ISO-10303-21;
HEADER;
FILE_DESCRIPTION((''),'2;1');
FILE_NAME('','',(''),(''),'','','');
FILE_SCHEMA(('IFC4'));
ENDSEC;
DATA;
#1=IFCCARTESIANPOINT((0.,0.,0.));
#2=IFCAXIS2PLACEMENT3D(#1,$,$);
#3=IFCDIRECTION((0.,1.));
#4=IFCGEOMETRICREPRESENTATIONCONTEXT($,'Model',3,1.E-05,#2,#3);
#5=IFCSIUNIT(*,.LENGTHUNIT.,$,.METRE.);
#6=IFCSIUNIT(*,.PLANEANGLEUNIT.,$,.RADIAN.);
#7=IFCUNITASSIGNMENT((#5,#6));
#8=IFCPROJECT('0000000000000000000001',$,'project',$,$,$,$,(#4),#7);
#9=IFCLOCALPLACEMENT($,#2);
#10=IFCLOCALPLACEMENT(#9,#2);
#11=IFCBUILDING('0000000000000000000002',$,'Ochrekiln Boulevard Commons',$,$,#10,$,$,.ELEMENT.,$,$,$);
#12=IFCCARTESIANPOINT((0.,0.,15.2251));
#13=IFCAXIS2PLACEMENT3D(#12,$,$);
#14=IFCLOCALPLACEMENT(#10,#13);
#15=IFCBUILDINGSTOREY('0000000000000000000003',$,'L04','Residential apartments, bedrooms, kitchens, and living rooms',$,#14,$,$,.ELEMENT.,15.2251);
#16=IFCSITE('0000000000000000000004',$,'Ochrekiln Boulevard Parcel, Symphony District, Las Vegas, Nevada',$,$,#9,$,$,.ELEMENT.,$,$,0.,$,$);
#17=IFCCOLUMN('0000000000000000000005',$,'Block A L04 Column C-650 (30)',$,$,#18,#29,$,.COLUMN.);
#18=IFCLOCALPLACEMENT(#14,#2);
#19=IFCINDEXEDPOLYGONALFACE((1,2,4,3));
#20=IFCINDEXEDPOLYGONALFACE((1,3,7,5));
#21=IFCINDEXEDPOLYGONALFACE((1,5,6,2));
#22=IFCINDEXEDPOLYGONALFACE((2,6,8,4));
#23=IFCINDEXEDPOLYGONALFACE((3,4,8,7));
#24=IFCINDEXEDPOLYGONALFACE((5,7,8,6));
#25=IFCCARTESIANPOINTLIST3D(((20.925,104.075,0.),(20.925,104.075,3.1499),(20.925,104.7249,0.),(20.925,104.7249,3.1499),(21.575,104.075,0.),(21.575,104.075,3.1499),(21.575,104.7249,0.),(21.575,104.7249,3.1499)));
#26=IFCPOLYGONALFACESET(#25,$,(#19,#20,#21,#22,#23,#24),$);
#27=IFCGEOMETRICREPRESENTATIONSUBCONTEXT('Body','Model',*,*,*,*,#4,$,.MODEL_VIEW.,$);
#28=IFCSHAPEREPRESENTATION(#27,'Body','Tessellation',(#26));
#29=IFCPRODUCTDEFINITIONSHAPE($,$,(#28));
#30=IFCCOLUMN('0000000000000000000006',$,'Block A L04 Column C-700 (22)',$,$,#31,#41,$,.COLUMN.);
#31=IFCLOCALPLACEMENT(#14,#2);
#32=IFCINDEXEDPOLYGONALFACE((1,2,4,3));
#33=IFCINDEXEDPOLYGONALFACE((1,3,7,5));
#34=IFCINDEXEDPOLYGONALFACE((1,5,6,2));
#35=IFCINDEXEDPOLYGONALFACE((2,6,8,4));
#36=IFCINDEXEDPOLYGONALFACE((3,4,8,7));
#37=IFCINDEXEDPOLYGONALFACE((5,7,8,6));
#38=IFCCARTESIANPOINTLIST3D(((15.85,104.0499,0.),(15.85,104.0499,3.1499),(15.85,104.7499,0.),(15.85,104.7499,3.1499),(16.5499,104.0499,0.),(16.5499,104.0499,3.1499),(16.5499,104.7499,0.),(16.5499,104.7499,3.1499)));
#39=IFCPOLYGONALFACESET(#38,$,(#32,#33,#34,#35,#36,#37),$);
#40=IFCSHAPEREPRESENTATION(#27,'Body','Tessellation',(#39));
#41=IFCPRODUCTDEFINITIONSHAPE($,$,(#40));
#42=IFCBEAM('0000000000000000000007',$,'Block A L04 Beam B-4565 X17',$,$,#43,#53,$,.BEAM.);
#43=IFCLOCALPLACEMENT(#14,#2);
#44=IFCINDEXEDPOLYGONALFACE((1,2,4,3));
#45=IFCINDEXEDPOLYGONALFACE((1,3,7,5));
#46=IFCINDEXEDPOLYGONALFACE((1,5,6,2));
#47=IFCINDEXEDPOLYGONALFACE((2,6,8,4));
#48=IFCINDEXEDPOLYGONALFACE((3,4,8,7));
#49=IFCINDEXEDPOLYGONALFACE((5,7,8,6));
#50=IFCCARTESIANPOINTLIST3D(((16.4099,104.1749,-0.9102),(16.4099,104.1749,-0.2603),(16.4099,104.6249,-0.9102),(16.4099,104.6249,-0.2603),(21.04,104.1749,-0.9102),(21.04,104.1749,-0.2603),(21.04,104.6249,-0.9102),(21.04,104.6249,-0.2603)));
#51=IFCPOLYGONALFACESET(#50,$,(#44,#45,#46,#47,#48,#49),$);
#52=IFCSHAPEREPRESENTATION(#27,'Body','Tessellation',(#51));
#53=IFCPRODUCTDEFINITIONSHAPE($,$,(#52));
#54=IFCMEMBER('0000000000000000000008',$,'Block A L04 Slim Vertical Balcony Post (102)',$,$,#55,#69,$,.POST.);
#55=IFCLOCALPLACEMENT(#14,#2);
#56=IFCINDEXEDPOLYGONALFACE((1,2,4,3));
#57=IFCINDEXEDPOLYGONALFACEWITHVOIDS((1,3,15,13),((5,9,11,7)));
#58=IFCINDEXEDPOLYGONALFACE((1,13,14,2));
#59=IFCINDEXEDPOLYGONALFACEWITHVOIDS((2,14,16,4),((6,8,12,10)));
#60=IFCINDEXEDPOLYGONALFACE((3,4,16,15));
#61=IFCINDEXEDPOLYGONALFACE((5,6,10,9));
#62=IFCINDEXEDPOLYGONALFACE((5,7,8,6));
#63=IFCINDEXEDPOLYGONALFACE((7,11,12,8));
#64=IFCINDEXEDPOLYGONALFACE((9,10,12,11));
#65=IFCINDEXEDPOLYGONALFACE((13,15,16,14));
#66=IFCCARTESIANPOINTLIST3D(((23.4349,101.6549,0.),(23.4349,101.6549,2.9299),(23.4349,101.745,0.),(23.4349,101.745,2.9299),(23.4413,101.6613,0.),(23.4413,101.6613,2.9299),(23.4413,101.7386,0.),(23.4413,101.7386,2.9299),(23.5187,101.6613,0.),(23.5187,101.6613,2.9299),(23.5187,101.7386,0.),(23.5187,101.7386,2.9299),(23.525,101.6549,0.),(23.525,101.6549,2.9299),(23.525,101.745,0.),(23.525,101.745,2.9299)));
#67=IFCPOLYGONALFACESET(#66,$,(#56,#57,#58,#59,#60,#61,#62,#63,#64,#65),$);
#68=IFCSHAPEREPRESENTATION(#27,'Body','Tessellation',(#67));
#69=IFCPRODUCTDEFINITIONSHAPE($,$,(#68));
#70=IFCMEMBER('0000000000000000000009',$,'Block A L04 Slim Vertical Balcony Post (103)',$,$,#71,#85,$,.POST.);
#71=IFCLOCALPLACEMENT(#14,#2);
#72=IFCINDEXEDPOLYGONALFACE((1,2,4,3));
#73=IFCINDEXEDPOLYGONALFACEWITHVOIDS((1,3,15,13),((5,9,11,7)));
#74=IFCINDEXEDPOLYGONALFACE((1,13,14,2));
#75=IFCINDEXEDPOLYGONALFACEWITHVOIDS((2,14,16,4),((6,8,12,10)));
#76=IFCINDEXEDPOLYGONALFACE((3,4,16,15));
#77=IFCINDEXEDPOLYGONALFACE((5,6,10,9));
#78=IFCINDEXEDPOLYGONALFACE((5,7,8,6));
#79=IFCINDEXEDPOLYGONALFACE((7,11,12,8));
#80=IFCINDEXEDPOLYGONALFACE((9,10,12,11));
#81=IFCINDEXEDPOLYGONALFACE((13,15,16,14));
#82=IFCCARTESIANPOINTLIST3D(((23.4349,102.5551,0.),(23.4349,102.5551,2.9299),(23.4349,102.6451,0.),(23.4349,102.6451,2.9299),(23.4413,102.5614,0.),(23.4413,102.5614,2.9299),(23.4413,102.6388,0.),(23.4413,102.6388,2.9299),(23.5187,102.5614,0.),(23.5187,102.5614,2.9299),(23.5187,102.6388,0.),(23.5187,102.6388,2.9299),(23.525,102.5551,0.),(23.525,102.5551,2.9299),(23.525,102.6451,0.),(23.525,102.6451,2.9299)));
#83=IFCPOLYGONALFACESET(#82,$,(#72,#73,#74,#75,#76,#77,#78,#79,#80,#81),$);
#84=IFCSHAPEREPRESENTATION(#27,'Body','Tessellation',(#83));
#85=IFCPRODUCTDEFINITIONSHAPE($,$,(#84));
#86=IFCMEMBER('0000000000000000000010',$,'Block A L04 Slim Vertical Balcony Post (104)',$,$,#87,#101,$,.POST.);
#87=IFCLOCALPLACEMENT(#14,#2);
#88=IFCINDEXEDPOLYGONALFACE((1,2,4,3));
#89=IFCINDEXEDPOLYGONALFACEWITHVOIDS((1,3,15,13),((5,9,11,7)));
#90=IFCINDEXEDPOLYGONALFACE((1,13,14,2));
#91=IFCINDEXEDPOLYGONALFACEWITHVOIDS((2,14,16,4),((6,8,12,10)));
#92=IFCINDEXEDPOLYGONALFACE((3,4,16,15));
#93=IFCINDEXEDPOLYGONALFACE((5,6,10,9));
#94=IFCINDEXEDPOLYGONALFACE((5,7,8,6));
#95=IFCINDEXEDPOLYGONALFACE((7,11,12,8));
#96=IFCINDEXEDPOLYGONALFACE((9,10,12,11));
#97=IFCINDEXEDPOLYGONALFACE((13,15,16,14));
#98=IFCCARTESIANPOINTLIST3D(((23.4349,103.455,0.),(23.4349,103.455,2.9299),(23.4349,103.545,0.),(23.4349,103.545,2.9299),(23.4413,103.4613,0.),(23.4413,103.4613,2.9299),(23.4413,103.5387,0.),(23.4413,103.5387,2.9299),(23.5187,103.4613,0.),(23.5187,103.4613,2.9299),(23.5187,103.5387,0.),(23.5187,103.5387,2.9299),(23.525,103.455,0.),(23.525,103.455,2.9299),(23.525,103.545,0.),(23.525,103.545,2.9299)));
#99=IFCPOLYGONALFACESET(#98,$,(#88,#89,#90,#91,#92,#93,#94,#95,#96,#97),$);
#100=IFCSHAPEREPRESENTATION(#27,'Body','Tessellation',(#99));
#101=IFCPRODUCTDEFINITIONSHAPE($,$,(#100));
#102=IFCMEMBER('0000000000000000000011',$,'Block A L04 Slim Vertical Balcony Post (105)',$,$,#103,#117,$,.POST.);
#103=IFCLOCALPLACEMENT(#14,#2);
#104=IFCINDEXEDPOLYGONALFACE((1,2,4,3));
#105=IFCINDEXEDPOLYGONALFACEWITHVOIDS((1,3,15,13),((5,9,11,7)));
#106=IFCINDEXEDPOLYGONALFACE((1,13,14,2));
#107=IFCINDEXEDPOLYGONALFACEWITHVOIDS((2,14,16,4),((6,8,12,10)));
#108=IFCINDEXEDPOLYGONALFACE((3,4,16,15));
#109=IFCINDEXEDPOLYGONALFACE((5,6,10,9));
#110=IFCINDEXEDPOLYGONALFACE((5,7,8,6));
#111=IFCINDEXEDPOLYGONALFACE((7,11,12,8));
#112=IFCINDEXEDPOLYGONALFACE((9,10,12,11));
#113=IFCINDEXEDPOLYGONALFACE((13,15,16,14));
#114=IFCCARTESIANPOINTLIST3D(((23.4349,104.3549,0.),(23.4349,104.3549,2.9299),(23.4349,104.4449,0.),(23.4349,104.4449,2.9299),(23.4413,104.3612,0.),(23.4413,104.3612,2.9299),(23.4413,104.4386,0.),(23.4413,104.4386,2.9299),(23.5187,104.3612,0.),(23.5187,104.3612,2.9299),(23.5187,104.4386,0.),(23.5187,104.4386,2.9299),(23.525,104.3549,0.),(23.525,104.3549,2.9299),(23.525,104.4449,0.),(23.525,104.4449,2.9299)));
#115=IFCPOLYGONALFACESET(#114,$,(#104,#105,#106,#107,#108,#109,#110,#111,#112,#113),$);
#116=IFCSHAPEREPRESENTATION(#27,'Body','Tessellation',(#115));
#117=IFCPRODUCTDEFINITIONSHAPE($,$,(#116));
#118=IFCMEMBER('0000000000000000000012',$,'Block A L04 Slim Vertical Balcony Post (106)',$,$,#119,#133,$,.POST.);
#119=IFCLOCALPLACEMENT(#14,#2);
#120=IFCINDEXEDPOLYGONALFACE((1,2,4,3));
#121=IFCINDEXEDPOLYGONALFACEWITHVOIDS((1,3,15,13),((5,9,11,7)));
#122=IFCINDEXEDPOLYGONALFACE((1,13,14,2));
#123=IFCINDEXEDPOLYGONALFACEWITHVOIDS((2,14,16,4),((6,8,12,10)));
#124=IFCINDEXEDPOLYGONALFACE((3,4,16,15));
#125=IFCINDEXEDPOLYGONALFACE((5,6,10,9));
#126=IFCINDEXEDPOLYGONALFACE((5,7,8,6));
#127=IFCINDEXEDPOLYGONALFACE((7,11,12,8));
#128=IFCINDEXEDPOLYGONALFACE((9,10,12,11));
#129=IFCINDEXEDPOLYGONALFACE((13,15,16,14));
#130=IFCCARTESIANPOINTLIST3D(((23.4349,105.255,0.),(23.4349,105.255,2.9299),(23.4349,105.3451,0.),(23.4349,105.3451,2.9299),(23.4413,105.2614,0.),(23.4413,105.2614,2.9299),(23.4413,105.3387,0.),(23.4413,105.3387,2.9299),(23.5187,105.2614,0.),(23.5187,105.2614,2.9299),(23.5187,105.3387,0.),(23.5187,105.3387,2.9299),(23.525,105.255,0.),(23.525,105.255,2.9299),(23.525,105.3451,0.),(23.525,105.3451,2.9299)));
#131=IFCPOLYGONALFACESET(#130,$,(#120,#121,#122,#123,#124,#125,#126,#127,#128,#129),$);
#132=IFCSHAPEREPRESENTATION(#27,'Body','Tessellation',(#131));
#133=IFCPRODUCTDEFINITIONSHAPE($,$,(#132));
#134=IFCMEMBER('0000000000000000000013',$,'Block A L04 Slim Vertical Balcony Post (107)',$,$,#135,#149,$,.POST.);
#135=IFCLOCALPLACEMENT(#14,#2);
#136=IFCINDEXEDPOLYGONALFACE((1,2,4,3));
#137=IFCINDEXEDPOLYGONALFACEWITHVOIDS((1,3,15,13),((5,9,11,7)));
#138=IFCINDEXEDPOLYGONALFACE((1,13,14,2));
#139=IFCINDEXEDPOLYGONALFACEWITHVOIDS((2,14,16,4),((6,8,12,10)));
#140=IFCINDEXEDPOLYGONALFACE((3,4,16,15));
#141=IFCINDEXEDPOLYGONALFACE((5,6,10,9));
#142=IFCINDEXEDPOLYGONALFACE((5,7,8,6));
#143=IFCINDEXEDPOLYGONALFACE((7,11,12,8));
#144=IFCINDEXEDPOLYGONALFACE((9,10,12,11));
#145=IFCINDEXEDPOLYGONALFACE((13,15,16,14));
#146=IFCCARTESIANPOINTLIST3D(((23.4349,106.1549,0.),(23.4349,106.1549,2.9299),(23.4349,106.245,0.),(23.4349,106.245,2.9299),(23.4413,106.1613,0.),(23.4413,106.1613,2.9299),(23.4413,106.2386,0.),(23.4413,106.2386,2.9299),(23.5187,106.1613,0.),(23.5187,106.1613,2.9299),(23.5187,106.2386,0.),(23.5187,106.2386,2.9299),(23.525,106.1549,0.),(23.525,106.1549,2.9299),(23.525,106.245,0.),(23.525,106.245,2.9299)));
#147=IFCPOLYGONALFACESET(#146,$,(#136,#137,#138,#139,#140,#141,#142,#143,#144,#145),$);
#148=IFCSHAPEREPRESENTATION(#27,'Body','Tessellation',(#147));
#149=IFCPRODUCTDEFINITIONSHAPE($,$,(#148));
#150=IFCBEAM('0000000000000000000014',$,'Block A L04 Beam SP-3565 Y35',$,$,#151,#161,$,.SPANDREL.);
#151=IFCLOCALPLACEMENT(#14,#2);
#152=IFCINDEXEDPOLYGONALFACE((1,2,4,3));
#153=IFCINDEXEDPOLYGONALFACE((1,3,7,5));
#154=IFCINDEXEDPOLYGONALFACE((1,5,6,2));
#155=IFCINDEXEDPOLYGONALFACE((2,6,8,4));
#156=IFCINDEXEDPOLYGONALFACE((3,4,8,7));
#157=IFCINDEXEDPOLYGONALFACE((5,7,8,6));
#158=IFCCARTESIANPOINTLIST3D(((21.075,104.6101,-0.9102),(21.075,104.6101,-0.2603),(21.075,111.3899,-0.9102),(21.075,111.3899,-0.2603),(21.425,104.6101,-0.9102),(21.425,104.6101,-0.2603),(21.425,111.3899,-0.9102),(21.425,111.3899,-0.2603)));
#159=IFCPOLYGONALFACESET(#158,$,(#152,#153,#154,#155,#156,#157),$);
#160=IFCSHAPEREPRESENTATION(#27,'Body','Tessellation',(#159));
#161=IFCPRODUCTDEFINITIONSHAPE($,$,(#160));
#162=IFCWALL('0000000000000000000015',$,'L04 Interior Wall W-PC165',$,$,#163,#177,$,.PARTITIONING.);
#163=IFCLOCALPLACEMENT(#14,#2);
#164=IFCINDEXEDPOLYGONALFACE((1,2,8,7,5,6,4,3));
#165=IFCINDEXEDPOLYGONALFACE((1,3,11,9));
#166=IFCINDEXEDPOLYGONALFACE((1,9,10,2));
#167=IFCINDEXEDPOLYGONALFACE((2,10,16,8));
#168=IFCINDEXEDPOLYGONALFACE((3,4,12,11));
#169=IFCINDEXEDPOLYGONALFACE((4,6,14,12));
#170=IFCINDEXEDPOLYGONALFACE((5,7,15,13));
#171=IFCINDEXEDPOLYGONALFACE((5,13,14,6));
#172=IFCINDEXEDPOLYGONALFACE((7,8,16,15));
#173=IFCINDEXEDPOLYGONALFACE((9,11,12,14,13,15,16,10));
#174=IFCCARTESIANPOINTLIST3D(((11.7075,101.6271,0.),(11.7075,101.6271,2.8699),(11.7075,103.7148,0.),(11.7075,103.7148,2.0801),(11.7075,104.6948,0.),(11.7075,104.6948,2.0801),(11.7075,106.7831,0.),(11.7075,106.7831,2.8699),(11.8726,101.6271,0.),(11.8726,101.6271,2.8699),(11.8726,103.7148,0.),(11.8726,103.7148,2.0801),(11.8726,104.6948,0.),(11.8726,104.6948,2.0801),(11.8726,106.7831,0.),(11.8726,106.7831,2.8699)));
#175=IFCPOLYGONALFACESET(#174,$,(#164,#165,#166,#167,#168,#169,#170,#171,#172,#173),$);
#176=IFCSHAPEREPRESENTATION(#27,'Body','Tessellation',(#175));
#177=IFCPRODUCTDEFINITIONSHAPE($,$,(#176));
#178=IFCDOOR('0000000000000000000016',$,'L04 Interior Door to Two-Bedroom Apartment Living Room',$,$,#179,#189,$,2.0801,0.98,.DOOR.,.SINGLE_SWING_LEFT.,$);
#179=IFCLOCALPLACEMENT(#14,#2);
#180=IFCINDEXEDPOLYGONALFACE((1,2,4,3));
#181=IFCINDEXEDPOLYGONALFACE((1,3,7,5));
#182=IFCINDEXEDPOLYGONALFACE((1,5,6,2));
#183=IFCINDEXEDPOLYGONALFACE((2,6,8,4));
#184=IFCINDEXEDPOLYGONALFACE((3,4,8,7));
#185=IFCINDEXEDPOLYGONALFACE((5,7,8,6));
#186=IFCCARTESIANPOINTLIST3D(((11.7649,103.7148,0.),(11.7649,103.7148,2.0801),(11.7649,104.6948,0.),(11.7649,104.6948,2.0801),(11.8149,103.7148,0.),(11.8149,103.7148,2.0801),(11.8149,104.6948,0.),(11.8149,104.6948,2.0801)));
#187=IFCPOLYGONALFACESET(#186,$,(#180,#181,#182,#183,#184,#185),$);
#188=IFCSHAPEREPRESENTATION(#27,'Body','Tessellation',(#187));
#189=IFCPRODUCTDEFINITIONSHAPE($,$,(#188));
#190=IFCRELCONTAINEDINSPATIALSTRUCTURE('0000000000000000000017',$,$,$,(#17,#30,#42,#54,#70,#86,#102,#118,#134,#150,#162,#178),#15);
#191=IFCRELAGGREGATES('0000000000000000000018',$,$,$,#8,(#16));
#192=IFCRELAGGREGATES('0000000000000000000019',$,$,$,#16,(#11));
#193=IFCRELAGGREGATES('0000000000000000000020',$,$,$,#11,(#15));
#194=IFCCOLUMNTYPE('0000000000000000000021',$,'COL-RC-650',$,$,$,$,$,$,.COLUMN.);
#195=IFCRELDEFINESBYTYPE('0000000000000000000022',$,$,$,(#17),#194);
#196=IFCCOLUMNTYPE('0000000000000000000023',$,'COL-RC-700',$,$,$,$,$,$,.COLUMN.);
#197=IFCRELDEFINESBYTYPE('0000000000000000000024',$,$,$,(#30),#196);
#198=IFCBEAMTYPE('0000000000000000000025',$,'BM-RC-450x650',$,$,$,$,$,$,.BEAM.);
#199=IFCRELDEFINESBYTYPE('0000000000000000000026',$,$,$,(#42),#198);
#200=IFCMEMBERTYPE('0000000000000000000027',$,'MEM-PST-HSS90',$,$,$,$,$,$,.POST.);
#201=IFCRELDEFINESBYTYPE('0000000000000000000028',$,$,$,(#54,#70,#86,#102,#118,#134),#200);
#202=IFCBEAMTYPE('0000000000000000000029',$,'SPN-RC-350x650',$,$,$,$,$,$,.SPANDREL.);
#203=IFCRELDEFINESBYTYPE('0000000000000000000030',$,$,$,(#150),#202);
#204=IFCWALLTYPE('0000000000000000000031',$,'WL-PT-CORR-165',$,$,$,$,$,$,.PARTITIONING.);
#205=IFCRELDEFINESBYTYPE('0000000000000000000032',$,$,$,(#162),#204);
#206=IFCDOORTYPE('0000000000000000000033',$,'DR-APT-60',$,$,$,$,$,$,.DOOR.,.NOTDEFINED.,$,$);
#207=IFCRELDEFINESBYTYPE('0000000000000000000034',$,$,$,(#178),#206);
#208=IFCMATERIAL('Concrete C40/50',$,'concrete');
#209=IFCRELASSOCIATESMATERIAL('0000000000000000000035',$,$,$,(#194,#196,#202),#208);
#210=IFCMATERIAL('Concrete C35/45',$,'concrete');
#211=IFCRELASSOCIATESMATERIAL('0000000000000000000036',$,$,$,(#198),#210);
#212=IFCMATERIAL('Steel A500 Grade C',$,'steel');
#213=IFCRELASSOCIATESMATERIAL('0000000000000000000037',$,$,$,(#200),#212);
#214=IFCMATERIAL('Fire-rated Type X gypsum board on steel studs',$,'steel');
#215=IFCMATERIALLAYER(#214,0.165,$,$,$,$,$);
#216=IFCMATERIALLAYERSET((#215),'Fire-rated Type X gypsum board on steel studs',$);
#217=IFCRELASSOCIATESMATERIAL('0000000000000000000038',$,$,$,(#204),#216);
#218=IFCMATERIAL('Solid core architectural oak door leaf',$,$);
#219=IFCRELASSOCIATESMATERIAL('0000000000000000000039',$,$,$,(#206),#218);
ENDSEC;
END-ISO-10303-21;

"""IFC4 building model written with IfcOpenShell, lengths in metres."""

from ifc_helpers import new_model, si_unit, direction, frame, frame_2d, origin, origin_2d, place, context, subcontext, project, spatial, rectangle, hollow_rectangle, extrude, material, layer, layer_set, material_profile, profile_set, type_object, element, fill, save


model = new_model("IFC4")

# Units and contexts
model_context = context("Model", 3, precision=1e-05, world=origin(), true_north=direction((0.0, 1.0)))
body_context = subcontext(model_context, "Body", "Model", "MODEL_VIEW")
ifc_project = project(units=[si_unit("LENGTHUNIT", "METRE"), si_unit("PLANEANGLEUNIT", "RADIAN")], contexts=[model_context])

# Site, building, storey
site_placement = place(None, origin())
site = spatial("IfcSite", under=ifc_project, at=site_placement, Name="Ochrekiln Boulevard Parcel, Symphony District, Las Vegas, Nevada", CompositionType="ELEMENT", RefElevation=0.0)
building_placement = place(site_placement, origin())
building = spatial("IfcBuilding", under=site, at=building_placement, Name="Ochrekiln Boulevard Commons", CompositionType="ELEMENT")
storey_placement = place(building_placement, frame((0.0, 0.0, 15.2251)))
storey = spatial("IfcBuildingStorey", under=building, at=storey_placement, Name="L04", Description="Residential apartments, bedrooms, kitchens, and living rooms", CompositionType="ELEMENT", Elevation=15.2251)

# Columns
ifc_material_1 = material(Name="Concrete C40/50", Category="concrete")
ifc_material_profile_1 = material_profile(ifc_material_1, rectangle(XDim=0.6499, YDim=0.6499, at=origin_2d()), Name="RC-COL-650x650")
ifc_profile_set_1 = profile_set([ifc_material_profile_1], Name="Concrete C40/50")
column_type_1 = type_object("IfcColumnType", Name="COL-RC-650", PredefinedType="COLUMN", material=ifc_profile_set_1)
column_1_placement = place(storey_placement, frame((21.25, 104.3999, 0.0), z_axis=(0.0, 0.0, 1.0), x_axis=(1.0, 0.0, 0.0)))
element("IfcColumn", 1, at=column_1_placement, inside=storey, type_object=column_type_1, Name="Block A L04 Column C-650 (30)", PredefinedType="COLUMN", context=body_context, shape_type="SweptSolid", body=[
    extrude(rectangle(XDim=0.6499, YDim=0.6499, at=origin_2d()), origin(), (0.0, 0.0, 1.0), 3.1499),
])
ifc_material_profile_2 = material_profile(ifc_material_1, rectangle(XDim=0.7, YDim=0.7, at=origin_2d()), Name="RC-COL-700x700")
ifc_profile_set_2 = profile_set([ifc_material_profile_2], Name="Concrete C40/50")
column_type_2 = type_object("IfcColumnType", Name="COL-RC-700", PredefinedType="COLUMN", material=ifc_profile_set_2)
column_2_placement = place(storey_placement, frame((16.2, 104.3999, 0.0), z_axis=(0.0, 0.0, 1.0), x_axis=(1.0, 0.0, 0.0)))
element("IfcColumn", 2, at=column_2_placement, inside=storey, type_object=column_type_2, Name="Block A L04 Column C-700 (22)", PredefinedType="COLUMN", context=body_context, shape_type="SweptSolid", body=[
    extrude(rectangle(XDim=0.7, YDim=0.7, at=origin_2d()), origin(), (0.0, 0.0, 1.0), 3.1499),
])

# Beam
ifc_material_2 = material(Name="Concrete C35/45", Category="concrete")
ifc_material_profile_3 = material_profile(ifc_material_2, rectangle(XDim=0.45, YDim=0.6499, at=origin_2d()), Name="RC-BM-450x650")
ifc_profile_set_3 = profile_set([ifc_material_profile_3], Name="Concrete C35/45")
beam_type_1 = type_object("IfcBeamType", Name="BM-RC-450x650", PredefinedType="BEAM", material=ifc_profile_set_3)
beam_1_placement = place(storey_placement, frame((16.4099, 104.3999, -0.5852), z_axis=(1.0, 0.0, 0.0), x_axis=(0.0, 1.0, 0.0)))
element("IfcBeam", 3, at=beam_1_placement, inside=storey, type_object=beam_type_1, Name="Block A L04 Beam B-4565 X17", PredefinedType="BEAM", context=body_context, shape_type="SweptSolid", body=[
    extrude(rectangle(XDim=0.45, YDim=0.6499, at=origin_2d()), origin(), (0.0, 0.0, 1.0), 4.6301),
])

# Members
ifc_material_3 = material(Name="Steel A500 Grade C", Category="steel")
ifc_material_profile_4 = material_profile(ifc_material_3, hollow_rectangle(XDim=0.0901, YDim=0.0901, WallThickness=0.0063, at=origin_2d()), Name="HSS90X90X6.4")
ifc_profile_set_4 = profile_set([ifc_material_profile_4], Name="Steel A500 Grade C")
member_type = type_object("IfcMemberType", Name="MEM-PST-HSS90", PredefinedType="POST", material=ifc_profile_set_4)
for number, where, z_axis, x_axis, name in (
    (4, (23.48, 101.7, 0.0), (0.0, 0.0, 1.0), (1.0, 0.0, 0.0), "Block A L04 Slim Vertical Balcony Post (102)"),
    (5, (23.48, 102.6001, 0.0), (0.0, 0.0, 1.0), (1.0, 0.0, 0.0), "Block A L04 Slim Vertical Balcony Post (103)"),
    (6, (23.48, 103.5, 0.0), (0.0, 0.0, 1.0), (1.0, 0.0, 0.0), "Block A L04 Slim Vertical Balcony Post (104)"),
    (7, (23.48, 104.3999, 0.0), (0.0, 0.0, 1.0), (1.0, 0.0, 0.0), "Block A L04 Slim Vertical Balcony Post (105)"),
    (8, (23.48, 105.3, 0.0), (0.0, 0.0, 1.0), (1.0, 0.0, 0.0), "Block A L04 Slim Vertical Balcony Post (106)"),
    (9, (23.48, 106.2, 0.0), (0.0, 0.0, 1.0), (1.0, 0.0, 0.0), "Block A L04 Slim Vertical Balcony Post (107)"),
):
    element("IfcMember", number, at=place(storey_placement, frame(where, z_axis=z_axis, x_axis=x_axis)), inside=storey, type_object=member_type, Name=name, PredefinedType="POST", context=body_context, shape_type="SweptSolid", body=[
        extrude(hollow_rectangle(XDim=0.0901, YDim=0.0901, WallThickness=0.0063, at=origin_2d()), origin(), (0.0, 0.0, 1.0), 2.9299),
    ])

# Beam
ifc_material_profile_5 = material_profile(ifc_material_1, rectangle(XDim=0.3501, YDim=0.6499, at=origin_2d()), Name="RC-SPN-350x650")
ifc_profile_set_5 = profile_set([ifc_material_profile_5], Name="Concrete C40/50")
beam_type_2 = type_object("IfcBeamType", Name="SPN-RC-350x650", PredefinedType="SPANDREL", material=ifc_profile_set_5)
beam_2_placement = place(storey_placement, frame((21.25, 104.6101, -0.5852), z_axis=(0.0, 1.0, 0.0), x_axis=(-1.0, 0.0, 0.0)))
element("IfcBeam", 10, at=beam_2_placement, inside=storey, type_object=beam_type_2, Name="Block A L04 Beam SP-3565 Y35", PredefinedType="SPANDREL", context=body_context, shape_type="SweptSolid", body=[
    extrude(rectangle(XDim=0.3501, YDim=0.6499, at=origin_2d()), origin(), (0.0, 0.0, 1.0), 6.7798),
])

# Wall, opening, door
ifc_material_4 = material(Name="Fire-rated Type X gypsum board on steel studs", Category="steel")
ifc_layer_1 = layer(ifc_material_4, 0.165)
ifc_layer_set_1 = layer_set([ifc_layer_1], Name="Fire-rated Type X gypsum board on steel studs")
wall_type_1 = type_object("IfcWallType", Name="WL-PT-CORR-165", PredefinedType="PARTITIONING", material=ifc_layer_set_1)
wall_1_placement = place(storey_placement, frame((11.79, 101.627, 0.0), z_axis=(0.0, 0.0, 1.0), x_axis=(0.0, 1.0, 0.0)))
wall_1 = element("IfcWall", 11, at=wall_1_placement, inside=storey, type_object=wall_type_1, Name="L04 Interior Wall W-PC165", PredefinedType="PARTITIONING", context=body_context, shape_type="SweptSolid", body=[
    extrude(rectangle(XDim=5.156, YDim=0.165, at=frame_2d((2.5781, 0.0))), origin(), (0.0, 0.0, 1.0), 2.8699),
])
opening_1_placement = place(wall_1_placement, frame((2.0879, 0.0, 0.0)))
opening_1 = element("IfcOpeningElement", 12, at=opening_1_placement, cuts=wall_1, PredefinedType="OPENING", context=body_context, shape_type="SweptSolid", body=[
    extrude(rectangle(XDim=0.98, YDim=2.0801, at=frame_2d((0.49, 1.04))), frame((0.0, 0.0925, 0.0), z_axis=(0.0, -1.0, 0.0), x_axis=(1.0, 0.0, 0.0)), (0.0, 0.0, 1.0), 0.1851),
])
ifc_material_5 = material(Name="Solid core architectural oak door leaf")
door_type_1 = type_object("IfcDoorType", Name="DR-APT-60", OperationType="NOTDEFINED", PredefinedType="DOOR", material=ifc_material_5)
door_1_placement = place(opening_1_placement, frame((0.98, 0.0, 0.0), z_axis=(0.0, 0.0, 1.0), x_axis=(-1.0, 0.0, 0.0)))
door_1 = element("IfcDoor", 13, at=door_1_placement, inside=storey, type_object=door_type_1, Name="L04 Interior Door to Two-Bedroom Apartment Living Room", OperationType="SINGLE_SWING_LEFT", OverallHeight=2.0801, OverallWidth=0.98, PredefinedType="DOOR", context=body_context, shape_type="SweptSolid", body=[
    extrude(rectangle(XDim=0.98, YDim=2.0801, at=frame_2d((0.49, 1.04))), frame((0.0, 0.0249, 0.0), z_axis=(0.0, -1.0, 0.0), x_axis=(1.0, 0.0, 0.0)), (0.0, 0.0, 1.0), 0.05),
])
fill(opening_1, door_1)

save(model, "model.ifc")
